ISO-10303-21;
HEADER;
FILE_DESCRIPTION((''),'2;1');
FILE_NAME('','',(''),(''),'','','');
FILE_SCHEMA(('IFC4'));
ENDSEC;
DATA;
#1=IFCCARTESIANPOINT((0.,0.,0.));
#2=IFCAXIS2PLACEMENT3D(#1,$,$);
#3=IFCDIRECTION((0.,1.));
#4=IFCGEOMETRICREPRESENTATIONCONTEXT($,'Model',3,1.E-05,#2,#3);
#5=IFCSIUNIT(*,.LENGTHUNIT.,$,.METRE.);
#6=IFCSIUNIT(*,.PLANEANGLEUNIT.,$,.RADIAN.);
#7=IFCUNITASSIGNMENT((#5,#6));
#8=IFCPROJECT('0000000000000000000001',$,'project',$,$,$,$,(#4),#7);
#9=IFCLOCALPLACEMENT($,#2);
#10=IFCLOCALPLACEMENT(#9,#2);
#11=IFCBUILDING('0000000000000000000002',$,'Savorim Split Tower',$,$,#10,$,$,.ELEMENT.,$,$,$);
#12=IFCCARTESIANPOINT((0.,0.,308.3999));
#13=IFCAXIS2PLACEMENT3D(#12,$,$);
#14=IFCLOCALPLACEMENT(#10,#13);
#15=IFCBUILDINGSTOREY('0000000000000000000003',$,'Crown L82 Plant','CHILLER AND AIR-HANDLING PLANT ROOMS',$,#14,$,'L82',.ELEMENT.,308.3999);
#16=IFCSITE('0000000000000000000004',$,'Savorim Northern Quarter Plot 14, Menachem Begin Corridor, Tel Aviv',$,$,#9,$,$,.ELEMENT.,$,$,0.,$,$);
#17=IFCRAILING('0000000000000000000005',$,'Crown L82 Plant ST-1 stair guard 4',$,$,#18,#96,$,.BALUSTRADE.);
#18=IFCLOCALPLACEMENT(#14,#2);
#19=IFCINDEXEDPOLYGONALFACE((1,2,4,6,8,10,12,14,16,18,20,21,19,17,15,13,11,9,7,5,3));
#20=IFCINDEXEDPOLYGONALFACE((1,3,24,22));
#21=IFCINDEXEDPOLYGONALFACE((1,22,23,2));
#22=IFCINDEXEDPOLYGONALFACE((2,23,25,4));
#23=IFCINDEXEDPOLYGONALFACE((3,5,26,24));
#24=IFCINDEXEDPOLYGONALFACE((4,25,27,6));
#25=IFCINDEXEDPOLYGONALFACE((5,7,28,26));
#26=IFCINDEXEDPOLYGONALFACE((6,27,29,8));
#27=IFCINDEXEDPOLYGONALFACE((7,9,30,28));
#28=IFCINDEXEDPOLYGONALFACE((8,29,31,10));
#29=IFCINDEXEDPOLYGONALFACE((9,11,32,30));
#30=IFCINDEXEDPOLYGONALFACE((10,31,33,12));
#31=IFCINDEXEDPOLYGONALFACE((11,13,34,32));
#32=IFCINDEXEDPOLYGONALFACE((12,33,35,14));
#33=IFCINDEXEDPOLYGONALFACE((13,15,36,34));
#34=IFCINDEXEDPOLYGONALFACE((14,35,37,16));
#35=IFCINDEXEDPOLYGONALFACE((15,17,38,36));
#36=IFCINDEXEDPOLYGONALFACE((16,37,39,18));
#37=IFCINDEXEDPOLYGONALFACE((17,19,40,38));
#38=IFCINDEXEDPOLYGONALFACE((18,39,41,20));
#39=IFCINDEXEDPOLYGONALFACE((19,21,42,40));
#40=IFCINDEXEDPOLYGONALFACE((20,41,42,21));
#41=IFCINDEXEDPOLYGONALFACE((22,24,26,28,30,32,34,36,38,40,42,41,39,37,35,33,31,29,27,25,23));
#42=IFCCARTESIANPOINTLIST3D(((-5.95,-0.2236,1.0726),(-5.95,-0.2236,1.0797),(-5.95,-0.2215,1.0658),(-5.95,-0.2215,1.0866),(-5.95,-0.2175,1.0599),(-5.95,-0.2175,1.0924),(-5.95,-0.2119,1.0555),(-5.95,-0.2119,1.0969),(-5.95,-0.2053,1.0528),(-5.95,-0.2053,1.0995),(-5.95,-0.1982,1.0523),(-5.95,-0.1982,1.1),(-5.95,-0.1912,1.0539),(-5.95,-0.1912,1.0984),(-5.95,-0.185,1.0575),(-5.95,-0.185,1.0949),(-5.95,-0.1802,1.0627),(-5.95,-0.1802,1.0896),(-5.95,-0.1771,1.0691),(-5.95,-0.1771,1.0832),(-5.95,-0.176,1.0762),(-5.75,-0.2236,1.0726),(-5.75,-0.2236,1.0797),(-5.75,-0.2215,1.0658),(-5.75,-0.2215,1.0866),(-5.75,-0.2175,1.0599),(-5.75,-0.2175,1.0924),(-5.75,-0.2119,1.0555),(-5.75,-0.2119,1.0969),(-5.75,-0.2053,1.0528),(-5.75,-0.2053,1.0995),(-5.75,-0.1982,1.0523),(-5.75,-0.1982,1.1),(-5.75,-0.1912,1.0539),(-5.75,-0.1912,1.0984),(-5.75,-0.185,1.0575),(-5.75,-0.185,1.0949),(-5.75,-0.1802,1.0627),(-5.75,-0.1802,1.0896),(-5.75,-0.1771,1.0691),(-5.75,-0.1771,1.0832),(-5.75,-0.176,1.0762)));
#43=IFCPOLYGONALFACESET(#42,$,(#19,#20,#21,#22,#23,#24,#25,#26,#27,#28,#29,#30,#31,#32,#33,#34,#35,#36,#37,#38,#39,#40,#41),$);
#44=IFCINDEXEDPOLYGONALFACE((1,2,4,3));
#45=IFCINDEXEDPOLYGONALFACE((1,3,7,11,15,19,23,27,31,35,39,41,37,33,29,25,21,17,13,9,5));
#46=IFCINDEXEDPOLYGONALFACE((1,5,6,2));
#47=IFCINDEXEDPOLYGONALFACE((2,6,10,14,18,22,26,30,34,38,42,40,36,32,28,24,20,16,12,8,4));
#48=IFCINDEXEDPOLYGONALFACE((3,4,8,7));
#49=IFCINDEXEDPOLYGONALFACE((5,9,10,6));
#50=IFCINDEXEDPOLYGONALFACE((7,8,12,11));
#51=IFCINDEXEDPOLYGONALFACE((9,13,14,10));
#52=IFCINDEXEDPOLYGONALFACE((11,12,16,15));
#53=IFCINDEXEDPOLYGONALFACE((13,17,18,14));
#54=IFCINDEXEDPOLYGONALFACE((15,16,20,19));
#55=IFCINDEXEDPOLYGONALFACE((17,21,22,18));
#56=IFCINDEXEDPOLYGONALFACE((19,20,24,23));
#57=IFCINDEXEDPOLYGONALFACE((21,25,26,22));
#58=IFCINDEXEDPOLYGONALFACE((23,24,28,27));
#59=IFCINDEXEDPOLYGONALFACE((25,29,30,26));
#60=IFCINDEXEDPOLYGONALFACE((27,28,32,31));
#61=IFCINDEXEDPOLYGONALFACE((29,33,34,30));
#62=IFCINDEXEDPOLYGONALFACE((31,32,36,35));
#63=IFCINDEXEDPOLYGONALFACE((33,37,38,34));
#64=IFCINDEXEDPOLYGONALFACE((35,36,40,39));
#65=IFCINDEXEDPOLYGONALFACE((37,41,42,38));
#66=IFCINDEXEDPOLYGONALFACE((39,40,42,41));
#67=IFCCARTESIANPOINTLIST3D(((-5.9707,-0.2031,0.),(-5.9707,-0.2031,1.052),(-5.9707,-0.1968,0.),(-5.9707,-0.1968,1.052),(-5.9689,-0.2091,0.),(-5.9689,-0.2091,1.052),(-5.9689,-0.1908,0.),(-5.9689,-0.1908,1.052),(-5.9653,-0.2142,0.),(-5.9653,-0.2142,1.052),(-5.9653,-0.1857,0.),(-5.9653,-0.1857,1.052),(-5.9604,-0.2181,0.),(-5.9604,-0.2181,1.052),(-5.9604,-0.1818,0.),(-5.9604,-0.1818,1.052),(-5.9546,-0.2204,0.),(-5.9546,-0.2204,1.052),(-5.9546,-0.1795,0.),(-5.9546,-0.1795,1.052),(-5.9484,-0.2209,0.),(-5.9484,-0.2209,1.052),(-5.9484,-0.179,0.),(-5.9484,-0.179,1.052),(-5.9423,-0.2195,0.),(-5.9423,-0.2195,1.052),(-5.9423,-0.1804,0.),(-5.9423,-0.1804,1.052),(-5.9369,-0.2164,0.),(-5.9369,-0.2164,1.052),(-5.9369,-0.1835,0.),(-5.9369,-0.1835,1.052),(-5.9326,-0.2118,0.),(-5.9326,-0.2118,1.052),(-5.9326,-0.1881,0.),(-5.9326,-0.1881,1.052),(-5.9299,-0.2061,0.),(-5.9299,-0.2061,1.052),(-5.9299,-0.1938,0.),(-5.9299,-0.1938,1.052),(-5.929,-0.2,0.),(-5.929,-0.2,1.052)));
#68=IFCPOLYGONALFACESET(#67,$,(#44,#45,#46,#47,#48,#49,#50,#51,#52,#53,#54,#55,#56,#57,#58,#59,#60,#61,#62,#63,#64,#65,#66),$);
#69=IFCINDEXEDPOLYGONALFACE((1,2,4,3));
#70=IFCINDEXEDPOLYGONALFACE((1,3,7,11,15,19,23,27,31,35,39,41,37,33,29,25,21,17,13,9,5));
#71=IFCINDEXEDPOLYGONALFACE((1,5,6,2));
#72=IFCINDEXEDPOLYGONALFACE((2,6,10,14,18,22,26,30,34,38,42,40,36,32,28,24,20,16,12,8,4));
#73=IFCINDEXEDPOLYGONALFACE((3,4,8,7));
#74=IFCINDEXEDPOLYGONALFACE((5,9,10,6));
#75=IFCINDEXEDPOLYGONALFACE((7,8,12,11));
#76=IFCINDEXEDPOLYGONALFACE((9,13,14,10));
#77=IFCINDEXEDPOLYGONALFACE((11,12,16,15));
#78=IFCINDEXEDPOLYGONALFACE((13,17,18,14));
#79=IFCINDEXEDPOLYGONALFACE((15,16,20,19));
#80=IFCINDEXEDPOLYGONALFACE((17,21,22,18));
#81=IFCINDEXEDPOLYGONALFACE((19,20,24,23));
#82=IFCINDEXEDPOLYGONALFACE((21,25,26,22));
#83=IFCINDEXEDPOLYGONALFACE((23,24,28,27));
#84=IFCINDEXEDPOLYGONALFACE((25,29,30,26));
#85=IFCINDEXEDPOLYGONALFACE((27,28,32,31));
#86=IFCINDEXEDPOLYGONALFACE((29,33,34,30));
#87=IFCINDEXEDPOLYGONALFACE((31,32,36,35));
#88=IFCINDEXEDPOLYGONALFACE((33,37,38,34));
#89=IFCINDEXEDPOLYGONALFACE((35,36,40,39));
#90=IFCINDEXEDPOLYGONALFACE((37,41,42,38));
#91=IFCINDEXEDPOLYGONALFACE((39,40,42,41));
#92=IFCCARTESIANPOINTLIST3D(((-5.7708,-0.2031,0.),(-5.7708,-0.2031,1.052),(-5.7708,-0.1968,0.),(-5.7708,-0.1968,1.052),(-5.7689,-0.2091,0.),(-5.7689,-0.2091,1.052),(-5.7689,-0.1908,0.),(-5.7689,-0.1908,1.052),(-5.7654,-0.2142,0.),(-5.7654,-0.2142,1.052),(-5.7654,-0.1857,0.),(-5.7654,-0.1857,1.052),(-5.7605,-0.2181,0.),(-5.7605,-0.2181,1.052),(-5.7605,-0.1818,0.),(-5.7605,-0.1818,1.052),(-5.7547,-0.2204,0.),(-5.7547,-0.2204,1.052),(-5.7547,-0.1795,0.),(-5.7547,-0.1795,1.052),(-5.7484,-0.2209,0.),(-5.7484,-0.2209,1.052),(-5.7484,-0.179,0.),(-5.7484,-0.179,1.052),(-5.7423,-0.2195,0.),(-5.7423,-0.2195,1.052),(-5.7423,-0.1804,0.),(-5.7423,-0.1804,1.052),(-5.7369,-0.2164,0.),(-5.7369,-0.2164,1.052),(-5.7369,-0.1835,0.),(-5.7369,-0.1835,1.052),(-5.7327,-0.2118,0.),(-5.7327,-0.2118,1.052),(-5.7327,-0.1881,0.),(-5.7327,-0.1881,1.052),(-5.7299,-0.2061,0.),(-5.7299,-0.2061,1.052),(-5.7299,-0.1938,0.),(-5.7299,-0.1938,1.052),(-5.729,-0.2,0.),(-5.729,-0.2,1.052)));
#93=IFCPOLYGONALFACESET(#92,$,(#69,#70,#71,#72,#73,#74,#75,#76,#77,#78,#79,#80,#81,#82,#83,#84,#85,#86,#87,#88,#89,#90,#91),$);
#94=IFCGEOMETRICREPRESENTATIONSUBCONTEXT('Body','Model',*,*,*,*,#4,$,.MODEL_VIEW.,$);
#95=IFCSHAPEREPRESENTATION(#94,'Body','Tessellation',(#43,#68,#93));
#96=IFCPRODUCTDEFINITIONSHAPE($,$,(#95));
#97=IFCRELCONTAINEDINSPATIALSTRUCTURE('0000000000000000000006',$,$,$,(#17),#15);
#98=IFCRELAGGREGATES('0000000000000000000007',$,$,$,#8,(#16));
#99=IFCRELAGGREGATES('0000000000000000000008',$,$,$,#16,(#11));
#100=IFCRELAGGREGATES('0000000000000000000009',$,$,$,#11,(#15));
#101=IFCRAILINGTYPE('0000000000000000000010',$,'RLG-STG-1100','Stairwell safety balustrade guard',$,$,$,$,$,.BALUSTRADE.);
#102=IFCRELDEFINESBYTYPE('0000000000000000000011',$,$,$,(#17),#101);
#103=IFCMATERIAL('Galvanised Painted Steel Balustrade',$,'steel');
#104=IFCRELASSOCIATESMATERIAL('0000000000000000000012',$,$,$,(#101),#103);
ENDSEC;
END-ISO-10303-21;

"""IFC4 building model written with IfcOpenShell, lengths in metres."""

from ifc_helpers import new_model, si_unit, direction, frame, origin, origin_2d, place, context, subcontext, project, spatial, circle, extrude, material, type_object, element, save


model = new_model("IFC4")

# Units and contexts
model_context = context("Model", 3, precision=1e-05, world=origin(), true_north=direction((0.0, 1.0)))
body_context = subcontext(model_context, "Body", "Model", "MODEL_VIEW")
ifc_project = project(units=[si_unit("LENGTHUNIT", "METRE"), si_unit("PLANEANGLEUNIT", "RADIAN")], contexts=[model_context])

# Site, building, storey
site_placement = place(None, origin())
site = spatial("IfcSite", under=ifc_project, at=site_placement, Name="Savorim Northern Quarter Plot 14, Menachem Begin Corridor, Tel Aviv", CompositionType="ELEMENT", RefElevation=0.0)
building_placement = place(site_placement, origin())
building = spatial("IfcBuilding", under=site, at=building_placement, Name="Savorim Split Tower", CompositionType="ELEMENT")
storey_placement = place(building_placement, frame((0.0, 0.0, 308.3999)))
storey = spatial("IfcBuildingStorey", under=building, at=storey_placement, Name="Crown L82 Plant", Description="CHILLER AND AIR-HANDLING PLANT ROOMS", LongName="L82", CompositionType="ELEMENT", Elevation=308.3999)

# Railing
ifc_material_1 = material(Name="Galvanised Painted Steel Balustrade", Category="steel")
railing_type_1 = type_object("IfcRailingType", Name="RLG-STG-1100", Description="Stairwell safety balustrade guard", PredefinedType="BALUSTRADE", material=ifc_material_1)
railing_1_placement = place(storey_placement, frame((-5.95, -0.2, 0.0)))
element("IfcRailing", 1, at=railing_1_placement, inside=storey, type_object=railing_type_1, Name="Crown L82 Plant ST-1 stair guard 4", PredefinedType="BALUSTRADE", context=body_context, shape_type="SweptSolid", body=[
    extrude(circle(Radius=0.0239, at=origin_2d()), frame((0.0, 0.0, 1.0762), z_axis=(1.0, 0.0, 0.0), x_axis=(0.0, 1.0, 0.0)), (0.0, 0.0, 1.0), 0.2),
    extrude(circle(Radius=0.021, at=origin_2d()), origin(), (0.0, 0.0, 1.0), 1.052),
    extrude(circle(Radius=0.021, at=origin_2d()), frame((0.2, 0.0, 0.0)), (0.0, 0.0, 1.0), 1.052),
])

save(model, "model.ifc")
